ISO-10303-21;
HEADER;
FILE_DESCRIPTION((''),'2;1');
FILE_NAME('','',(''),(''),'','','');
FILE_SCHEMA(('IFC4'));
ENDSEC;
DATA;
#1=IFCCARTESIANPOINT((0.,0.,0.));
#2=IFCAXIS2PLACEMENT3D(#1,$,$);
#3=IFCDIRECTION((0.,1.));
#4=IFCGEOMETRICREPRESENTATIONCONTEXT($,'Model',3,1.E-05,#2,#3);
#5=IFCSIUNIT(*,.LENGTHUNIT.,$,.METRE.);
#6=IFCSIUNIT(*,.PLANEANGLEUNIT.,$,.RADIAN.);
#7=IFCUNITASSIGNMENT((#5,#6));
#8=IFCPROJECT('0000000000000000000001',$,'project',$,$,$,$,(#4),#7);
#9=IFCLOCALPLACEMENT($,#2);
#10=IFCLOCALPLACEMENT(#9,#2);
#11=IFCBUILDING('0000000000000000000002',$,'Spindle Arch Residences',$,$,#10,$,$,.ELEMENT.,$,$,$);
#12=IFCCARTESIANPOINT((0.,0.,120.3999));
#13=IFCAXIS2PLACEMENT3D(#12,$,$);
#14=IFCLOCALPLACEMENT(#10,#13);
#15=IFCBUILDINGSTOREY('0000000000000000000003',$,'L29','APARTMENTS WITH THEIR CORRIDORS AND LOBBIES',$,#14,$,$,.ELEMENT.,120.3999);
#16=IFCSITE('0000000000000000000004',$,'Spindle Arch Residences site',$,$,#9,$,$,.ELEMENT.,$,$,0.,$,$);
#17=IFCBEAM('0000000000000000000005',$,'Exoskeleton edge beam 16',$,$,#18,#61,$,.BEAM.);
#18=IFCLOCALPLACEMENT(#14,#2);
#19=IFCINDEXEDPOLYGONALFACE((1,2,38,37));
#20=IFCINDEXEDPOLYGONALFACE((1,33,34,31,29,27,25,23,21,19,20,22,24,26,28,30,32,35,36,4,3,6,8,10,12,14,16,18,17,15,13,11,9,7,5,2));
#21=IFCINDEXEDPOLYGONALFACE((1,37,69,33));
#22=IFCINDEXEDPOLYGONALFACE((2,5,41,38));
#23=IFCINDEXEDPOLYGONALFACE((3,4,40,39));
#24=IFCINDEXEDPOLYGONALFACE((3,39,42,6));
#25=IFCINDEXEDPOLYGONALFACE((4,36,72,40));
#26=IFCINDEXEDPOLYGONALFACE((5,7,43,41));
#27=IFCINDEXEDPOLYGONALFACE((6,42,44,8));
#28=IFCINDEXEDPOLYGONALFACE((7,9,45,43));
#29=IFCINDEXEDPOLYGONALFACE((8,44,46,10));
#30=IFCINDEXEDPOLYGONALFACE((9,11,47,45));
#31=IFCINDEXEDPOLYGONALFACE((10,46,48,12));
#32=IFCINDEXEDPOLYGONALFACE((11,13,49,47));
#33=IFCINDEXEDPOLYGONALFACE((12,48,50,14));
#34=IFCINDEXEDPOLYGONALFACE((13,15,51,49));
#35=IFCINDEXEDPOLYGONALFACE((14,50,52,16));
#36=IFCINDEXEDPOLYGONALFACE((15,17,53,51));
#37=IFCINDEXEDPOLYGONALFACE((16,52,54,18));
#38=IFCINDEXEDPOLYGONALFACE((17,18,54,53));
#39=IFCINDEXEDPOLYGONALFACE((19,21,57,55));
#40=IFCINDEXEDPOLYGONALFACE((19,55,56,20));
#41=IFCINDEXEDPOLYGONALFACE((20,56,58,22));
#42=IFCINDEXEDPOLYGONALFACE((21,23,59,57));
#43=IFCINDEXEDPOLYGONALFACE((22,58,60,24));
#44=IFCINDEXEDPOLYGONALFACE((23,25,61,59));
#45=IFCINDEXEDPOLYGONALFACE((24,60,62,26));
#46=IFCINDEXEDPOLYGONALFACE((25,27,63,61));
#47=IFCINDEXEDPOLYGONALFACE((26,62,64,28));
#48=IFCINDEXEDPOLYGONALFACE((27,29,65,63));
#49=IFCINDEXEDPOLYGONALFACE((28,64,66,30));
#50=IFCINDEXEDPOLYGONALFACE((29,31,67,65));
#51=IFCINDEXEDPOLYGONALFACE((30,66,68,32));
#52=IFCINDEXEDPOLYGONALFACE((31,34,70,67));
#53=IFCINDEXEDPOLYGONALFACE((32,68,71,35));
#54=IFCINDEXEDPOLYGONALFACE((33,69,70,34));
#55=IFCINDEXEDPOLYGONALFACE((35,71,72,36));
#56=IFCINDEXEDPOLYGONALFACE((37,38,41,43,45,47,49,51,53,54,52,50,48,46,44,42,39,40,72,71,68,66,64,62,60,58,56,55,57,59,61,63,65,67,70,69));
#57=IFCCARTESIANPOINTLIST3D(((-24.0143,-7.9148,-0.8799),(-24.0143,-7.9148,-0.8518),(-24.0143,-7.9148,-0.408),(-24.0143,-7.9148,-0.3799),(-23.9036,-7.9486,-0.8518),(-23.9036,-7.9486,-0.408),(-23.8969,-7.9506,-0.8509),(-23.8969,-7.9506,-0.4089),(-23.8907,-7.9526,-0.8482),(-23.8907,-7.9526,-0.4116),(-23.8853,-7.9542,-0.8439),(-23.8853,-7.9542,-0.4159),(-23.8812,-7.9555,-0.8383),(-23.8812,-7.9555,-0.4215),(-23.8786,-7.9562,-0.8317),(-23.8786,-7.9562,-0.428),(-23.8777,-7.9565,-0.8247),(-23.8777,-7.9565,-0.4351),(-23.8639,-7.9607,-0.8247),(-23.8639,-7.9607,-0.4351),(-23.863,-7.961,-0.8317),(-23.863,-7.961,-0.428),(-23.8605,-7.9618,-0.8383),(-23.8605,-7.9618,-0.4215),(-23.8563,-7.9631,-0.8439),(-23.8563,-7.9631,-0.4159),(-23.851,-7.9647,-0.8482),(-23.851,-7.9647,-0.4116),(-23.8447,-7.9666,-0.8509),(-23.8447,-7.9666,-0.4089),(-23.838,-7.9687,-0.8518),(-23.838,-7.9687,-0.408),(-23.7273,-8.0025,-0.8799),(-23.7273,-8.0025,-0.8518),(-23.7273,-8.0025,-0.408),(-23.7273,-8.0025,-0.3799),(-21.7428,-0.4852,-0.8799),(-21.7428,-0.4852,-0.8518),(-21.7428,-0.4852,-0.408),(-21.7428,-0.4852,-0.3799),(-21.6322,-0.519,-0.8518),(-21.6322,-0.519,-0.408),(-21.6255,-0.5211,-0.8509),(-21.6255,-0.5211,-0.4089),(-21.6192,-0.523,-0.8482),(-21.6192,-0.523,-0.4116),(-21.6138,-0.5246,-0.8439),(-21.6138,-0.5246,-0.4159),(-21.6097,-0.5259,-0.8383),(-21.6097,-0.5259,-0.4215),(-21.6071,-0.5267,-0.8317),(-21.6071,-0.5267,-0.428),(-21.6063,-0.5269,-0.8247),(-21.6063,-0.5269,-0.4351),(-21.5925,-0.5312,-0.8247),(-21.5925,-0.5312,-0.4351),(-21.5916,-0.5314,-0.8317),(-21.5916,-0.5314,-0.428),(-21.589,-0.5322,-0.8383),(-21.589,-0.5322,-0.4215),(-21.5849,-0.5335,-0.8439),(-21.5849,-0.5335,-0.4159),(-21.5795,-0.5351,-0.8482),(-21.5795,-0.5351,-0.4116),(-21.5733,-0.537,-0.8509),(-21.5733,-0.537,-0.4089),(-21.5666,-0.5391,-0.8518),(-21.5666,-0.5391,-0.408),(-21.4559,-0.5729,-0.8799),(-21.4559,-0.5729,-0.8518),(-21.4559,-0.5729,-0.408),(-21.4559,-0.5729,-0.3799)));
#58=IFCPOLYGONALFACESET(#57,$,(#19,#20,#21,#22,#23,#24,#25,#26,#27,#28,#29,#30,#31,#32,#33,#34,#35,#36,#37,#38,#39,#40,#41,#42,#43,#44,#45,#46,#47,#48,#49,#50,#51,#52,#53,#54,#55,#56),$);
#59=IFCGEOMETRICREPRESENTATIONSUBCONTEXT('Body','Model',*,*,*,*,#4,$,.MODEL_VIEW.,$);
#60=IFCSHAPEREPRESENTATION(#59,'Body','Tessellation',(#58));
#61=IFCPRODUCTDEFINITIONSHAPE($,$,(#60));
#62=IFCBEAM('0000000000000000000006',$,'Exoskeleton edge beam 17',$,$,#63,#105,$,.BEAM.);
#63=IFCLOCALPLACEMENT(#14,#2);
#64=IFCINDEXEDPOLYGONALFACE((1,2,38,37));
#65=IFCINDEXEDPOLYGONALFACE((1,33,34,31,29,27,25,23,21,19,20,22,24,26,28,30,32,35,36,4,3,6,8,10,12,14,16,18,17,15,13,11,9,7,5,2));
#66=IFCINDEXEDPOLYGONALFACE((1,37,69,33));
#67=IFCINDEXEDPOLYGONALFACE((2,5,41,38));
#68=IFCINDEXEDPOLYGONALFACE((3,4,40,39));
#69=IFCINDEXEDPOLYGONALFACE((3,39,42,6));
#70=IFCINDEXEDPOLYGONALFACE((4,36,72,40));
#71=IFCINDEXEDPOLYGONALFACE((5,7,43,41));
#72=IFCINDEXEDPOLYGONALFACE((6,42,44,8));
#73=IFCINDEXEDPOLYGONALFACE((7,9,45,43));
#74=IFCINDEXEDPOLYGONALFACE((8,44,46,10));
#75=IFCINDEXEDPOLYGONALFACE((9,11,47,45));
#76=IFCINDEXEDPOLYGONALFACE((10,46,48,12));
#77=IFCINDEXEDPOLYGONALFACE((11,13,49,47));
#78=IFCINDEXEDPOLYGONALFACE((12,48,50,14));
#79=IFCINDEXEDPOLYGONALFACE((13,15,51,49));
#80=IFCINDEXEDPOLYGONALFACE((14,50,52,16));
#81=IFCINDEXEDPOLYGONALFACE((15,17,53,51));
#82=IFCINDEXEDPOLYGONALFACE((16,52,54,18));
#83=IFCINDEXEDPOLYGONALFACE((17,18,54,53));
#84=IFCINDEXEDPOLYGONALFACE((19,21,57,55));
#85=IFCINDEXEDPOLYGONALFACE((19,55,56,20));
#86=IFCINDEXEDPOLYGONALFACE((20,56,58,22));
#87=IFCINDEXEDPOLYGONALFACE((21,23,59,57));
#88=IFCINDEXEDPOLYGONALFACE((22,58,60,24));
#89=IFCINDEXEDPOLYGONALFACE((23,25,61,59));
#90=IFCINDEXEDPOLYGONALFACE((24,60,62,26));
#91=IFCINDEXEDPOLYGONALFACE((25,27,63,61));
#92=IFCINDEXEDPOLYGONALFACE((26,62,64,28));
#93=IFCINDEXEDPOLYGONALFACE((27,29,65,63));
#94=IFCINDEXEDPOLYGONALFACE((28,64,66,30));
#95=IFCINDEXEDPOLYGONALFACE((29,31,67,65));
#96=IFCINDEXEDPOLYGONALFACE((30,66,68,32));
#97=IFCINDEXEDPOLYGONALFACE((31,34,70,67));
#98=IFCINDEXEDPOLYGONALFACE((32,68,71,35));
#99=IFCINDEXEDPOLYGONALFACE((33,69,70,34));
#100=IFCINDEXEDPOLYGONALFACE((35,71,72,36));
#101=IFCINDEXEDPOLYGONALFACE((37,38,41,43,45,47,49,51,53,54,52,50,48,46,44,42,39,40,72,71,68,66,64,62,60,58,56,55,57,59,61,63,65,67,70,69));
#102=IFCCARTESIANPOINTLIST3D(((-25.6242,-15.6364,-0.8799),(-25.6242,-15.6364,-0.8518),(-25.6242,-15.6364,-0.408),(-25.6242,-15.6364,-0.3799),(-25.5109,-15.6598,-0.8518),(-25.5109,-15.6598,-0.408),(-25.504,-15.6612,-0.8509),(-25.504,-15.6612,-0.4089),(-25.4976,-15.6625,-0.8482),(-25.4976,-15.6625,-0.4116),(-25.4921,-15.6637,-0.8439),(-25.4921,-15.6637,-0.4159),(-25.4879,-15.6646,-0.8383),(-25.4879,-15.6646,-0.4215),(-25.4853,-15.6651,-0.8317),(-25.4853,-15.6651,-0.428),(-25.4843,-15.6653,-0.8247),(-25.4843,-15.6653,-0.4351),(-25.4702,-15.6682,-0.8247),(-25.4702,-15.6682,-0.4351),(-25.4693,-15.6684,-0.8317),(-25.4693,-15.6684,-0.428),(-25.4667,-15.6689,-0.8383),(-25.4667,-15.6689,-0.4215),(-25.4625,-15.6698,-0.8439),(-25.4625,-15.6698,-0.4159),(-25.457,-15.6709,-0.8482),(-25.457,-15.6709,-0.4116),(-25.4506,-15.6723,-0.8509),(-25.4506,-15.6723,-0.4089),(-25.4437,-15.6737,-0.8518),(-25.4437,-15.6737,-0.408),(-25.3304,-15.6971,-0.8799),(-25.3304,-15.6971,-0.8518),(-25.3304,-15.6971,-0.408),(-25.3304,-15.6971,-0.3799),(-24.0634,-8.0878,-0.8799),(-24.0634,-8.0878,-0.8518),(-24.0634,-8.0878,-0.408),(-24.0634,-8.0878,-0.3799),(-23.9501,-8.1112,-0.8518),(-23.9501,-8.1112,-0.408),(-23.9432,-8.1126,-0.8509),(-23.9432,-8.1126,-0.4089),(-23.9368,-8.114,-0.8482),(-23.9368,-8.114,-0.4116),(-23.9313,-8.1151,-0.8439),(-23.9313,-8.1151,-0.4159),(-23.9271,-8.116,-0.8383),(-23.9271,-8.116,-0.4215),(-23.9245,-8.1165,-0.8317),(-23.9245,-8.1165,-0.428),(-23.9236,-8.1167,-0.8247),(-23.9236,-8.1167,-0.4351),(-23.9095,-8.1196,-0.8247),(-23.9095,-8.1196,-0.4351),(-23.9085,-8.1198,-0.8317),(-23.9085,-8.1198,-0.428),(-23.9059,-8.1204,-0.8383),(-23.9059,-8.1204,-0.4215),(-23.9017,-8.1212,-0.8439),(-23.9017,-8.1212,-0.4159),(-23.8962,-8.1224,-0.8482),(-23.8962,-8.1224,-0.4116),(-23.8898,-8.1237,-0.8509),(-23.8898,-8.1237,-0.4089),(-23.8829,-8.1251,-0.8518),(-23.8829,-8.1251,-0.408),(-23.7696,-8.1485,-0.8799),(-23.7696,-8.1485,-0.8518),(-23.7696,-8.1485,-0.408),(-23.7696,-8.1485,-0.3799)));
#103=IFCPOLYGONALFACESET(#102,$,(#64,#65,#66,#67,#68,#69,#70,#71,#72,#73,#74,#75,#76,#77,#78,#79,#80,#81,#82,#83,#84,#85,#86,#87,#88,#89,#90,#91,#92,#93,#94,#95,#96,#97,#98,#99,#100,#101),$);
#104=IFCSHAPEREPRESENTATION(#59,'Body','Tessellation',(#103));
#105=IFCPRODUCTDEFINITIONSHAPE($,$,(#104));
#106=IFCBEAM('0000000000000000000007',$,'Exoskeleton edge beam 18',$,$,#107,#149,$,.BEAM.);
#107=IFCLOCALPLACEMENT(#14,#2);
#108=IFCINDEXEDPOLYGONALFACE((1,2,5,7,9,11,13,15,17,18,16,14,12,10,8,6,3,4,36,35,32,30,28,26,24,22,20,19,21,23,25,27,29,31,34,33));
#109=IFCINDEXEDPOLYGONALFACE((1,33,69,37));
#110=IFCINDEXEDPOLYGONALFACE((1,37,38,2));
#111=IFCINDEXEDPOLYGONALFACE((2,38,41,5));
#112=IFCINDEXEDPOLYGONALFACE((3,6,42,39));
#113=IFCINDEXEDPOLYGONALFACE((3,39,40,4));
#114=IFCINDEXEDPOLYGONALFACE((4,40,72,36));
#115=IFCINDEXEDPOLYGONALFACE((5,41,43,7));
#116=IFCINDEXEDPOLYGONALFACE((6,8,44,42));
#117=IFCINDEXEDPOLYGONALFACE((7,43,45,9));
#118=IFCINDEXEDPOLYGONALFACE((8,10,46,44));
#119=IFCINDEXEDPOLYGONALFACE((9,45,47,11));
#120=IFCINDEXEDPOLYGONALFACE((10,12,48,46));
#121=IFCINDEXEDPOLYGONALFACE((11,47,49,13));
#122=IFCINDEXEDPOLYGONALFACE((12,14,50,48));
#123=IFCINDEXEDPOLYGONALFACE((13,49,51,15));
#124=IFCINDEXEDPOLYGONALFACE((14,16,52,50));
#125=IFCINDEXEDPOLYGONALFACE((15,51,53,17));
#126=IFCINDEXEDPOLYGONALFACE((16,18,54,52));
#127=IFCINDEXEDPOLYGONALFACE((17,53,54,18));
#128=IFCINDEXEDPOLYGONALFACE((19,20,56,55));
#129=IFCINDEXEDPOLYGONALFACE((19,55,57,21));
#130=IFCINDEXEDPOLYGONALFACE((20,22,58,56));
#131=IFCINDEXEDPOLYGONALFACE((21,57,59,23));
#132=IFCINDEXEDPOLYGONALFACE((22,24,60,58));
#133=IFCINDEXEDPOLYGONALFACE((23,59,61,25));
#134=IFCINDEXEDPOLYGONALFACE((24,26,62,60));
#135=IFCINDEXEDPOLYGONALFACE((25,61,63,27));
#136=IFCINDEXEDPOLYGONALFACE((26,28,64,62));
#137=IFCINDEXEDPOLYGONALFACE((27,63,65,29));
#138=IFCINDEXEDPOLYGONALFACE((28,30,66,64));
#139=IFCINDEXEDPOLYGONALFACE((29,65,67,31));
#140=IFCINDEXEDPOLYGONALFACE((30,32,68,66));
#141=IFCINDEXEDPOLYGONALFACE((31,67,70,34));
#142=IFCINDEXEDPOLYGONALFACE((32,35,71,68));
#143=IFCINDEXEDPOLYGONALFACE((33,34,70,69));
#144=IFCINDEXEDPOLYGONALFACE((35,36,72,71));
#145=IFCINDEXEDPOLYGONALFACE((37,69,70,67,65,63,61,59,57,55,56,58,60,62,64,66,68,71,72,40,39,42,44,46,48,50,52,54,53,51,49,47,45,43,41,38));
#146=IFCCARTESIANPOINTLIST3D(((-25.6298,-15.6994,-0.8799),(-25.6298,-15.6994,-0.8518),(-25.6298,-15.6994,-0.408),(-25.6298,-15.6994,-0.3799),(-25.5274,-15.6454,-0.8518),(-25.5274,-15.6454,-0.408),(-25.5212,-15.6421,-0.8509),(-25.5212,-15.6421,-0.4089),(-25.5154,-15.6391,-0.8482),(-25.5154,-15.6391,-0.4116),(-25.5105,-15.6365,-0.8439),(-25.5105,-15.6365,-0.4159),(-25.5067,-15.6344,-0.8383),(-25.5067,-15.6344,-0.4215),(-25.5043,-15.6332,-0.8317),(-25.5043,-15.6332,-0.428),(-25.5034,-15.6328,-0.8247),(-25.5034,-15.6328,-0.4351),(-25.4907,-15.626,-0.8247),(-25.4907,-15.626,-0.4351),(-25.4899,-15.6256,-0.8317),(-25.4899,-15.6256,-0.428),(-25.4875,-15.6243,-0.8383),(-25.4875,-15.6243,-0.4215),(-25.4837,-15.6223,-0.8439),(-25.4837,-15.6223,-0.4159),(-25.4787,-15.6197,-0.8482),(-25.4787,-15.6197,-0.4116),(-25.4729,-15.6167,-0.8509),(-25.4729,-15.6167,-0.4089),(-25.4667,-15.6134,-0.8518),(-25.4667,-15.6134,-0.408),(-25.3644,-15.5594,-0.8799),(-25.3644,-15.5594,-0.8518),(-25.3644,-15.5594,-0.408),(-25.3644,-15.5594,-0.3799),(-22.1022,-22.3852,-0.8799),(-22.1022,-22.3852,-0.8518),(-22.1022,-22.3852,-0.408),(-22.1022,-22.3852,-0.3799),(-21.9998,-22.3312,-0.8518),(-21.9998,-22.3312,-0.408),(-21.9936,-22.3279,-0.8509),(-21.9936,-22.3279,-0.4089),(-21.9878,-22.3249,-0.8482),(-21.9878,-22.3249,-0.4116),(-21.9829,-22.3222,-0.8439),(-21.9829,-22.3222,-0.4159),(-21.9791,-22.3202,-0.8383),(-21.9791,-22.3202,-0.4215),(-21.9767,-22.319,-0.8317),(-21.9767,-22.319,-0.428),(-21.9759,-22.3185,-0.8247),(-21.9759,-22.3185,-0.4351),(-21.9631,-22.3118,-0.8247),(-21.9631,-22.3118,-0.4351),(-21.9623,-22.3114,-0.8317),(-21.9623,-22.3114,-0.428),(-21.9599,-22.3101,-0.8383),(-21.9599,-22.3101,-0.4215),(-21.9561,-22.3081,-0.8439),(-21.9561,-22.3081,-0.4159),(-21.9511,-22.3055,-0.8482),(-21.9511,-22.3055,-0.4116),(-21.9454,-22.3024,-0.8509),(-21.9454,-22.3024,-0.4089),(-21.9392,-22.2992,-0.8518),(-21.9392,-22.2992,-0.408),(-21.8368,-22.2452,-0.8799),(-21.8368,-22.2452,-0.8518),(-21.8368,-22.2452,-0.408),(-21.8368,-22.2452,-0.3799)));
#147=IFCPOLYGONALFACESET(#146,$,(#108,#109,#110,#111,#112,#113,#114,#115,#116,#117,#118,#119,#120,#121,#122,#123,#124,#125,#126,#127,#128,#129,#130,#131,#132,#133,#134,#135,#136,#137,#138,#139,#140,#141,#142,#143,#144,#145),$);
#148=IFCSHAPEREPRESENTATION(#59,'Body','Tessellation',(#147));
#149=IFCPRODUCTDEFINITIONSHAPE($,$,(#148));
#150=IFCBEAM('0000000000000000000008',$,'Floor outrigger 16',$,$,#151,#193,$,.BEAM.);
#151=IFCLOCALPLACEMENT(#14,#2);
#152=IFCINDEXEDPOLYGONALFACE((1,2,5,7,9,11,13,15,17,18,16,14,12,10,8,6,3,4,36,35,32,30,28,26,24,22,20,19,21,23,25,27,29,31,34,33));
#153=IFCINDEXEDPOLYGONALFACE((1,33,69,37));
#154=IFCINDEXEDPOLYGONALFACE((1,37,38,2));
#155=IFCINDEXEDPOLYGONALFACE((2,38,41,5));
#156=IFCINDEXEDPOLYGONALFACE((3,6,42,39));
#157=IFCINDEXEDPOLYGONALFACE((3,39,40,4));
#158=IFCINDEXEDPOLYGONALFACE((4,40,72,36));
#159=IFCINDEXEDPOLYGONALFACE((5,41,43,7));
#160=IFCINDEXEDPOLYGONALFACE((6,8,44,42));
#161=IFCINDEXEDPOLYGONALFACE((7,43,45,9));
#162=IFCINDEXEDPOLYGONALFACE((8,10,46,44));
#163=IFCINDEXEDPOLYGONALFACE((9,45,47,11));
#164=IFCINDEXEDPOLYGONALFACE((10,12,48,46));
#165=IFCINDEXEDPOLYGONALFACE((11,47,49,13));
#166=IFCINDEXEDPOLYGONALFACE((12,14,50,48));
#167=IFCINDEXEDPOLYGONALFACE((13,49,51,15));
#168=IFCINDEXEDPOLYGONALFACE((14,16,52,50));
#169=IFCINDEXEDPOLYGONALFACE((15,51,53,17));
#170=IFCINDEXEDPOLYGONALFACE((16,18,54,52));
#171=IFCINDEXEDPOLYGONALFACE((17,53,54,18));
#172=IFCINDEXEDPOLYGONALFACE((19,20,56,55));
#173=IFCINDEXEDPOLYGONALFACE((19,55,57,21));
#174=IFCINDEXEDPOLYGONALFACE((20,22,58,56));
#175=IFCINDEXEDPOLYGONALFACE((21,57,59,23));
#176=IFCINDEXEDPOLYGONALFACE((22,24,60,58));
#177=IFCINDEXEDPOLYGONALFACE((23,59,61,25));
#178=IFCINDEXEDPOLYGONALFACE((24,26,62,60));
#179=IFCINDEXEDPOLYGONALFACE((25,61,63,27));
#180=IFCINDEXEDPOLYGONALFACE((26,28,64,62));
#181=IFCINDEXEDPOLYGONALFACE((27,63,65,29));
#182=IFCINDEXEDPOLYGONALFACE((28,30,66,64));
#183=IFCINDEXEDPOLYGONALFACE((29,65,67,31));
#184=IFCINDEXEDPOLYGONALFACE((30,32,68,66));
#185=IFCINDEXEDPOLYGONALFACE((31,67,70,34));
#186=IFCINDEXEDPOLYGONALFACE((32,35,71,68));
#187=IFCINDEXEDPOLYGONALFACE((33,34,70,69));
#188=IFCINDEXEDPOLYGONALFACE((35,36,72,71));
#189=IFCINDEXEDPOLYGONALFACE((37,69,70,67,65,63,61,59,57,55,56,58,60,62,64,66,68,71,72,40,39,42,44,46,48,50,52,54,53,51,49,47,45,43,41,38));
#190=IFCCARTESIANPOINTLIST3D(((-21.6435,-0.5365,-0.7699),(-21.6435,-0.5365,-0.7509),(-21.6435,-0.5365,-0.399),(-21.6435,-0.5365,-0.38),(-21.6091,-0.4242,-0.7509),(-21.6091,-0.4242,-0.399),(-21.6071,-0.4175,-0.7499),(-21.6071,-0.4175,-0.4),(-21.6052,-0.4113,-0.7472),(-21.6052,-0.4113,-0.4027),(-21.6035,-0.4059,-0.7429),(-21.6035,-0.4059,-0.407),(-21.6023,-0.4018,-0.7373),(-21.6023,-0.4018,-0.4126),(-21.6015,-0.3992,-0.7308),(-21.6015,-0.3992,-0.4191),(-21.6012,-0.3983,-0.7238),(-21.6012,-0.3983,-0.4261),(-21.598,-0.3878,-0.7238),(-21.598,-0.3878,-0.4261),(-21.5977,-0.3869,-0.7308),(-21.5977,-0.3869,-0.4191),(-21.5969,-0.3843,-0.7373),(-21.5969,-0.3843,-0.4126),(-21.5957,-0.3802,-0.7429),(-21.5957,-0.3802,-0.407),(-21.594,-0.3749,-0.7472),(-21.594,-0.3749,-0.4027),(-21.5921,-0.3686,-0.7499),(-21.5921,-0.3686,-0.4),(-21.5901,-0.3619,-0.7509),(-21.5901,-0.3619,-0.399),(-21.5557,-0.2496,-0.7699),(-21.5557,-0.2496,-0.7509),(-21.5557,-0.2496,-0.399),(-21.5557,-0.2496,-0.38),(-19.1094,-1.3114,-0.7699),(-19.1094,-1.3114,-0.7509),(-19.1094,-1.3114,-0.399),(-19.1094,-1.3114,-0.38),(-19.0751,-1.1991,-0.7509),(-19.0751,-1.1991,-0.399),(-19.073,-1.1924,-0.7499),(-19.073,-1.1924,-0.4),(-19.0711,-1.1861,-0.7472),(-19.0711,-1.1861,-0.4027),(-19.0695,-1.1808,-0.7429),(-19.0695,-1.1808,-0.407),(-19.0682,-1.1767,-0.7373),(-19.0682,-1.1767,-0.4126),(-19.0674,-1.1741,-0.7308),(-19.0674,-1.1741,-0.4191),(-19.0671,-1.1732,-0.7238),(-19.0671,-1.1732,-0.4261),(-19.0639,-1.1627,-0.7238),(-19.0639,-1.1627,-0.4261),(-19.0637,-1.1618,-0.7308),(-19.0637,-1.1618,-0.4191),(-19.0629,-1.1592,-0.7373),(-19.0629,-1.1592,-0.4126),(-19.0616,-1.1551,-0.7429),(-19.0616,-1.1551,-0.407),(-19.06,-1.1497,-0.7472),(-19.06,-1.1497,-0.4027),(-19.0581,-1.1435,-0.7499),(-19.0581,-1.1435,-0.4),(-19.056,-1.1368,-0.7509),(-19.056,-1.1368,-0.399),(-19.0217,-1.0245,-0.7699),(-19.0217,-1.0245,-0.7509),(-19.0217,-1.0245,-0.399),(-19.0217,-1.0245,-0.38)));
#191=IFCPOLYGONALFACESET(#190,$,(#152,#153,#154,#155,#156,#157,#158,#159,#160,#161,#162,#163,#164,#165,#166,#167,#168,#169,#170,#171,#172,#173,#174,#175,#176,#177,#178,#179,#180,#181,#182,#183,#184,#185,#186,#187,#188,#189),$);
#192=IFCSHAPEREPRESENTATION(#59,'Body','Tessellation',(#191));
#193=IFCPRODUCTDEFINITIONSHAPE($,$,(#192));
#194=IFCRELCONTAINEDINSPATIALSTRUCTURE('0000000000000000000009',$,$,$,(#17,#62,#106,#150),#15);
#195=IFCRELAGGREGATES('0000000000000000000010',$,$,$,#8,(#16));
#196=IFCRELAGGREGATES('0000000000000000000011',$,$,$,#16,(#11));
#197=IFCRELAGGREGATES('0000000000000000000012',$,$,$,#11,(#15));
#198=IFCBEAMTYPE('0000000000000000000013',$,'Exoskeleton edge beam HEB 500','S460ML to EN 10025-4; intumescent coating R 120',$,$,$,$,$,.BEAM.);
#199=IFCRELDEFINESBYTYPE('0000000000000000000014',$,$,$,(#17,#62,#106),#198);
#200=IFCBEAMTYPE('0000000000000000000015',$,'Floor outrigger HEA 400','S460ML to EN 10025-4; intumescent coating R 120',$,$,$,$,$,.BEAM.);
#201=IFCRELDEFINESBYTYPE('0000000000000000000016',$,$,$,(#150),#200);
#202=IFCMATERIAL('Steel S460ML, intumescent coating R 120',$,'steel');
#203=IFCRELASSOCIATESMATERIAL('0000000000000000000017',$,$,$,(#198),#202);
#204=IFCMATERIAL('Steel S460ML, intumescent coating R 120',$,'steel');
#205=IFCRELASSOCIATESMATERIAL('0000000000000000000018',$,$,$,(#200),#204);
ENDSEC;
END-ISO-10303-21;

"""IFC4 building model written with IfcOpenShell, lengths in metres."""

from ifc_helpers import new_model, si_unit, direction, frame, origin, origin_2d, place, context, subcontext, project, spatial, i_section, extrude, material, material_profile, profile_set, type_object, element, save


model = new_model("IFC4")

# Units and contexts
model_context = context("Model", 3, precision=1e-05, world=origin(), true_north=direction((0.0, 1.0)))
body_context = subcontext(model_context, "Body", "Model", "MODEL_VIEW")
ifc_project = project(units=[si_unit("LENGTHUNIT", "METRE"), si_unit("PLANEANGLEUNIT", "RADIAN")], contexts=[model_context])

# Site, building, storey
site_placement = place(None, origin())
site = spatial("IfcSite", under=ifc_project, at=site_placement, Name="Spindle Arch Residences site", CompositionType="ELEMENT", RefElevation=0.0)
building_placement = place(site_placement, origin())
building = spatial("IfcBuilding", under=site, at=building_placement, Name="Spindle Arch Residences", CompositionType="ELEMENT")
storey_placement = place(building_placement, frame((0.0, 0.0, 120.3999)))
storey = spatial("IfcBuildingStorey", under=building, at=storey_placement, Name="L29", Description="APARTMENTS WITH THEIR CORRIDORS AND LOBBIES", CompositionType="ELEMENT", Elevation=120.3999)

# Beams
ifc_material_1 = material(Name="Steel S460ML, intumescent coating R 120", Category="steel")
ifc_material_profile_1 = material_profile(ifc_material_1, i_section(OverallWidth=0.3, OverallDepth=0.5, WebThickness=0.0144, FlangeThickness=0.0281, FilletRadius=0.0271, at=origin_2d()), Name="HEB 500")
ifc_profile_set_1 = profile_set([ifc_material_profile_1], Name="Steel S460ML, intumescent coating R 120")
beam_type_1 = type_object("IfcBeamType", Name="Exoskeleton edge beam HEB 500", Description="S460ML to EN 10025-4; intumescent coating R 120", PredefinedType="BEAM", material=ifc_profile_set_1)
beam_1_placement = place(storey_placement, frame((-21.5994, -0.5291, -0.6299), z_axis=(-0.292372, -0.956305, 0.0), x_axis=(0.956305, -0.292372, 0.0)))
element("IfcBeam", 1, at=beam_1_placement, inside=storey, type_object=beam_type_1, Name="Exoskeleton edge beam 16", PredefinedType="BEAM", context=body_context, shape_type="SweptSolid", body=[
    extrude(i_section(OverallWidth=0.3, OverallDepth=0.5, WebThickness=0.0144, FlangeThickness=0.0281, FilletRadius=0.0271, at=origin_2d()), origin(), (0.0, 0.0, 1.0), 7.769),
])
beam_2_placement = place(storey_placement, frame((-23.9165, -8.1182, -0.6299), z_axis=(-0.202483, -0.979286, 0.0), x_axis=(0.979286, -0.202483, 0.0)))
element("IfcBeam", 2, at=beam_2_placement, inside=storey, type_object=beam_type_1, Name="Exoskeleton edge beam 17", PredefinedType="BEAM", context=body_context, shape_type="SweptSolid", body=[
    extrude(i_section(OverallWidth=0.3, OverallDepth=0.5, WebThickness=0.0144, FlangeThickness=0.0281, FilletRadius=0.0271, at=origin_2d()), origin(), (0.0, 0.0, 1.0), 7.7083),
])
beam_3_placement = place(storey_placement, frame((-25.4971, -15.6294, -0.6299), z_axis=(0.466653, -0.884441, 0.0), x_axis=(0.884441, 0.466653, 0.0)))
element("IfcBeam", 3, at=beam_3_placement, inside=storey, type_object=beam_type_1, Name="Exoskeleton edge beam 18", PredefinedType="BEAM", context=body_context, shape_type="SweptSolid", body=[
    extrude(i_section(OverallWidth=0.3, OverallDepth=0.5, WebThickness=0.0144, FlangeThickness=0.0281, FilletRadius=0.0271, at=origin_2d()), origin(), (0.0, 0.0, 1.0), 7.5593),
])
ifc_material_2 = material(Name="Steel S460ML, intumescent coating R 120", Category="steel")
ifc_material_profile_2 = material_profile(ifc_material_2, i_section(OverallWidth=0.3, OverallDepth=0.3899, WebThickness=0.011, FlangeThickness=0.019, FilletRadius=0.0271, at=origin_2d()), Name="HEA 400")
ifc_profile_set_2 = profile_set([ifc_material_profile_2], Name="Steel S460ML, intumescent coating R 120")
beam_type_2 = type_object("IfcBeamType", Name="Floor outrigger HEA 400", Description="S460ML to EN 10025-4; intumescent coating R 120", PredefinedType="BEAM", material=ifc_profile_set_2)
for number, where, z_axis, x_axis, name in (
    (4, (-21.5996, -0.3931, -0.575), (0.956291, -0.292415, 0.0), (0.292415, 0.956291, 0.0), "Floor outrigger 16"),
):
    element("IfcBeam", number, at=place(storey_placement, frame(where, z_axis=z_axis, x_axis=x_axis)), inside=storey, type_object=beam_type_2, Name=name, PredefinedType="BEAM", context=body_context, shape_type="SweptSolid", body=[
        extrude(i_section(OverallWidth=0.3, OverallDepth=0.3899, WebThickness=0.011, FlangeThickness=0.019, FilletRadius=0.0271, at=origin_2d()), origin(), (0.0, 0.0, 1.0), 2.6499),
    ])

save(model, "model.ifc")
